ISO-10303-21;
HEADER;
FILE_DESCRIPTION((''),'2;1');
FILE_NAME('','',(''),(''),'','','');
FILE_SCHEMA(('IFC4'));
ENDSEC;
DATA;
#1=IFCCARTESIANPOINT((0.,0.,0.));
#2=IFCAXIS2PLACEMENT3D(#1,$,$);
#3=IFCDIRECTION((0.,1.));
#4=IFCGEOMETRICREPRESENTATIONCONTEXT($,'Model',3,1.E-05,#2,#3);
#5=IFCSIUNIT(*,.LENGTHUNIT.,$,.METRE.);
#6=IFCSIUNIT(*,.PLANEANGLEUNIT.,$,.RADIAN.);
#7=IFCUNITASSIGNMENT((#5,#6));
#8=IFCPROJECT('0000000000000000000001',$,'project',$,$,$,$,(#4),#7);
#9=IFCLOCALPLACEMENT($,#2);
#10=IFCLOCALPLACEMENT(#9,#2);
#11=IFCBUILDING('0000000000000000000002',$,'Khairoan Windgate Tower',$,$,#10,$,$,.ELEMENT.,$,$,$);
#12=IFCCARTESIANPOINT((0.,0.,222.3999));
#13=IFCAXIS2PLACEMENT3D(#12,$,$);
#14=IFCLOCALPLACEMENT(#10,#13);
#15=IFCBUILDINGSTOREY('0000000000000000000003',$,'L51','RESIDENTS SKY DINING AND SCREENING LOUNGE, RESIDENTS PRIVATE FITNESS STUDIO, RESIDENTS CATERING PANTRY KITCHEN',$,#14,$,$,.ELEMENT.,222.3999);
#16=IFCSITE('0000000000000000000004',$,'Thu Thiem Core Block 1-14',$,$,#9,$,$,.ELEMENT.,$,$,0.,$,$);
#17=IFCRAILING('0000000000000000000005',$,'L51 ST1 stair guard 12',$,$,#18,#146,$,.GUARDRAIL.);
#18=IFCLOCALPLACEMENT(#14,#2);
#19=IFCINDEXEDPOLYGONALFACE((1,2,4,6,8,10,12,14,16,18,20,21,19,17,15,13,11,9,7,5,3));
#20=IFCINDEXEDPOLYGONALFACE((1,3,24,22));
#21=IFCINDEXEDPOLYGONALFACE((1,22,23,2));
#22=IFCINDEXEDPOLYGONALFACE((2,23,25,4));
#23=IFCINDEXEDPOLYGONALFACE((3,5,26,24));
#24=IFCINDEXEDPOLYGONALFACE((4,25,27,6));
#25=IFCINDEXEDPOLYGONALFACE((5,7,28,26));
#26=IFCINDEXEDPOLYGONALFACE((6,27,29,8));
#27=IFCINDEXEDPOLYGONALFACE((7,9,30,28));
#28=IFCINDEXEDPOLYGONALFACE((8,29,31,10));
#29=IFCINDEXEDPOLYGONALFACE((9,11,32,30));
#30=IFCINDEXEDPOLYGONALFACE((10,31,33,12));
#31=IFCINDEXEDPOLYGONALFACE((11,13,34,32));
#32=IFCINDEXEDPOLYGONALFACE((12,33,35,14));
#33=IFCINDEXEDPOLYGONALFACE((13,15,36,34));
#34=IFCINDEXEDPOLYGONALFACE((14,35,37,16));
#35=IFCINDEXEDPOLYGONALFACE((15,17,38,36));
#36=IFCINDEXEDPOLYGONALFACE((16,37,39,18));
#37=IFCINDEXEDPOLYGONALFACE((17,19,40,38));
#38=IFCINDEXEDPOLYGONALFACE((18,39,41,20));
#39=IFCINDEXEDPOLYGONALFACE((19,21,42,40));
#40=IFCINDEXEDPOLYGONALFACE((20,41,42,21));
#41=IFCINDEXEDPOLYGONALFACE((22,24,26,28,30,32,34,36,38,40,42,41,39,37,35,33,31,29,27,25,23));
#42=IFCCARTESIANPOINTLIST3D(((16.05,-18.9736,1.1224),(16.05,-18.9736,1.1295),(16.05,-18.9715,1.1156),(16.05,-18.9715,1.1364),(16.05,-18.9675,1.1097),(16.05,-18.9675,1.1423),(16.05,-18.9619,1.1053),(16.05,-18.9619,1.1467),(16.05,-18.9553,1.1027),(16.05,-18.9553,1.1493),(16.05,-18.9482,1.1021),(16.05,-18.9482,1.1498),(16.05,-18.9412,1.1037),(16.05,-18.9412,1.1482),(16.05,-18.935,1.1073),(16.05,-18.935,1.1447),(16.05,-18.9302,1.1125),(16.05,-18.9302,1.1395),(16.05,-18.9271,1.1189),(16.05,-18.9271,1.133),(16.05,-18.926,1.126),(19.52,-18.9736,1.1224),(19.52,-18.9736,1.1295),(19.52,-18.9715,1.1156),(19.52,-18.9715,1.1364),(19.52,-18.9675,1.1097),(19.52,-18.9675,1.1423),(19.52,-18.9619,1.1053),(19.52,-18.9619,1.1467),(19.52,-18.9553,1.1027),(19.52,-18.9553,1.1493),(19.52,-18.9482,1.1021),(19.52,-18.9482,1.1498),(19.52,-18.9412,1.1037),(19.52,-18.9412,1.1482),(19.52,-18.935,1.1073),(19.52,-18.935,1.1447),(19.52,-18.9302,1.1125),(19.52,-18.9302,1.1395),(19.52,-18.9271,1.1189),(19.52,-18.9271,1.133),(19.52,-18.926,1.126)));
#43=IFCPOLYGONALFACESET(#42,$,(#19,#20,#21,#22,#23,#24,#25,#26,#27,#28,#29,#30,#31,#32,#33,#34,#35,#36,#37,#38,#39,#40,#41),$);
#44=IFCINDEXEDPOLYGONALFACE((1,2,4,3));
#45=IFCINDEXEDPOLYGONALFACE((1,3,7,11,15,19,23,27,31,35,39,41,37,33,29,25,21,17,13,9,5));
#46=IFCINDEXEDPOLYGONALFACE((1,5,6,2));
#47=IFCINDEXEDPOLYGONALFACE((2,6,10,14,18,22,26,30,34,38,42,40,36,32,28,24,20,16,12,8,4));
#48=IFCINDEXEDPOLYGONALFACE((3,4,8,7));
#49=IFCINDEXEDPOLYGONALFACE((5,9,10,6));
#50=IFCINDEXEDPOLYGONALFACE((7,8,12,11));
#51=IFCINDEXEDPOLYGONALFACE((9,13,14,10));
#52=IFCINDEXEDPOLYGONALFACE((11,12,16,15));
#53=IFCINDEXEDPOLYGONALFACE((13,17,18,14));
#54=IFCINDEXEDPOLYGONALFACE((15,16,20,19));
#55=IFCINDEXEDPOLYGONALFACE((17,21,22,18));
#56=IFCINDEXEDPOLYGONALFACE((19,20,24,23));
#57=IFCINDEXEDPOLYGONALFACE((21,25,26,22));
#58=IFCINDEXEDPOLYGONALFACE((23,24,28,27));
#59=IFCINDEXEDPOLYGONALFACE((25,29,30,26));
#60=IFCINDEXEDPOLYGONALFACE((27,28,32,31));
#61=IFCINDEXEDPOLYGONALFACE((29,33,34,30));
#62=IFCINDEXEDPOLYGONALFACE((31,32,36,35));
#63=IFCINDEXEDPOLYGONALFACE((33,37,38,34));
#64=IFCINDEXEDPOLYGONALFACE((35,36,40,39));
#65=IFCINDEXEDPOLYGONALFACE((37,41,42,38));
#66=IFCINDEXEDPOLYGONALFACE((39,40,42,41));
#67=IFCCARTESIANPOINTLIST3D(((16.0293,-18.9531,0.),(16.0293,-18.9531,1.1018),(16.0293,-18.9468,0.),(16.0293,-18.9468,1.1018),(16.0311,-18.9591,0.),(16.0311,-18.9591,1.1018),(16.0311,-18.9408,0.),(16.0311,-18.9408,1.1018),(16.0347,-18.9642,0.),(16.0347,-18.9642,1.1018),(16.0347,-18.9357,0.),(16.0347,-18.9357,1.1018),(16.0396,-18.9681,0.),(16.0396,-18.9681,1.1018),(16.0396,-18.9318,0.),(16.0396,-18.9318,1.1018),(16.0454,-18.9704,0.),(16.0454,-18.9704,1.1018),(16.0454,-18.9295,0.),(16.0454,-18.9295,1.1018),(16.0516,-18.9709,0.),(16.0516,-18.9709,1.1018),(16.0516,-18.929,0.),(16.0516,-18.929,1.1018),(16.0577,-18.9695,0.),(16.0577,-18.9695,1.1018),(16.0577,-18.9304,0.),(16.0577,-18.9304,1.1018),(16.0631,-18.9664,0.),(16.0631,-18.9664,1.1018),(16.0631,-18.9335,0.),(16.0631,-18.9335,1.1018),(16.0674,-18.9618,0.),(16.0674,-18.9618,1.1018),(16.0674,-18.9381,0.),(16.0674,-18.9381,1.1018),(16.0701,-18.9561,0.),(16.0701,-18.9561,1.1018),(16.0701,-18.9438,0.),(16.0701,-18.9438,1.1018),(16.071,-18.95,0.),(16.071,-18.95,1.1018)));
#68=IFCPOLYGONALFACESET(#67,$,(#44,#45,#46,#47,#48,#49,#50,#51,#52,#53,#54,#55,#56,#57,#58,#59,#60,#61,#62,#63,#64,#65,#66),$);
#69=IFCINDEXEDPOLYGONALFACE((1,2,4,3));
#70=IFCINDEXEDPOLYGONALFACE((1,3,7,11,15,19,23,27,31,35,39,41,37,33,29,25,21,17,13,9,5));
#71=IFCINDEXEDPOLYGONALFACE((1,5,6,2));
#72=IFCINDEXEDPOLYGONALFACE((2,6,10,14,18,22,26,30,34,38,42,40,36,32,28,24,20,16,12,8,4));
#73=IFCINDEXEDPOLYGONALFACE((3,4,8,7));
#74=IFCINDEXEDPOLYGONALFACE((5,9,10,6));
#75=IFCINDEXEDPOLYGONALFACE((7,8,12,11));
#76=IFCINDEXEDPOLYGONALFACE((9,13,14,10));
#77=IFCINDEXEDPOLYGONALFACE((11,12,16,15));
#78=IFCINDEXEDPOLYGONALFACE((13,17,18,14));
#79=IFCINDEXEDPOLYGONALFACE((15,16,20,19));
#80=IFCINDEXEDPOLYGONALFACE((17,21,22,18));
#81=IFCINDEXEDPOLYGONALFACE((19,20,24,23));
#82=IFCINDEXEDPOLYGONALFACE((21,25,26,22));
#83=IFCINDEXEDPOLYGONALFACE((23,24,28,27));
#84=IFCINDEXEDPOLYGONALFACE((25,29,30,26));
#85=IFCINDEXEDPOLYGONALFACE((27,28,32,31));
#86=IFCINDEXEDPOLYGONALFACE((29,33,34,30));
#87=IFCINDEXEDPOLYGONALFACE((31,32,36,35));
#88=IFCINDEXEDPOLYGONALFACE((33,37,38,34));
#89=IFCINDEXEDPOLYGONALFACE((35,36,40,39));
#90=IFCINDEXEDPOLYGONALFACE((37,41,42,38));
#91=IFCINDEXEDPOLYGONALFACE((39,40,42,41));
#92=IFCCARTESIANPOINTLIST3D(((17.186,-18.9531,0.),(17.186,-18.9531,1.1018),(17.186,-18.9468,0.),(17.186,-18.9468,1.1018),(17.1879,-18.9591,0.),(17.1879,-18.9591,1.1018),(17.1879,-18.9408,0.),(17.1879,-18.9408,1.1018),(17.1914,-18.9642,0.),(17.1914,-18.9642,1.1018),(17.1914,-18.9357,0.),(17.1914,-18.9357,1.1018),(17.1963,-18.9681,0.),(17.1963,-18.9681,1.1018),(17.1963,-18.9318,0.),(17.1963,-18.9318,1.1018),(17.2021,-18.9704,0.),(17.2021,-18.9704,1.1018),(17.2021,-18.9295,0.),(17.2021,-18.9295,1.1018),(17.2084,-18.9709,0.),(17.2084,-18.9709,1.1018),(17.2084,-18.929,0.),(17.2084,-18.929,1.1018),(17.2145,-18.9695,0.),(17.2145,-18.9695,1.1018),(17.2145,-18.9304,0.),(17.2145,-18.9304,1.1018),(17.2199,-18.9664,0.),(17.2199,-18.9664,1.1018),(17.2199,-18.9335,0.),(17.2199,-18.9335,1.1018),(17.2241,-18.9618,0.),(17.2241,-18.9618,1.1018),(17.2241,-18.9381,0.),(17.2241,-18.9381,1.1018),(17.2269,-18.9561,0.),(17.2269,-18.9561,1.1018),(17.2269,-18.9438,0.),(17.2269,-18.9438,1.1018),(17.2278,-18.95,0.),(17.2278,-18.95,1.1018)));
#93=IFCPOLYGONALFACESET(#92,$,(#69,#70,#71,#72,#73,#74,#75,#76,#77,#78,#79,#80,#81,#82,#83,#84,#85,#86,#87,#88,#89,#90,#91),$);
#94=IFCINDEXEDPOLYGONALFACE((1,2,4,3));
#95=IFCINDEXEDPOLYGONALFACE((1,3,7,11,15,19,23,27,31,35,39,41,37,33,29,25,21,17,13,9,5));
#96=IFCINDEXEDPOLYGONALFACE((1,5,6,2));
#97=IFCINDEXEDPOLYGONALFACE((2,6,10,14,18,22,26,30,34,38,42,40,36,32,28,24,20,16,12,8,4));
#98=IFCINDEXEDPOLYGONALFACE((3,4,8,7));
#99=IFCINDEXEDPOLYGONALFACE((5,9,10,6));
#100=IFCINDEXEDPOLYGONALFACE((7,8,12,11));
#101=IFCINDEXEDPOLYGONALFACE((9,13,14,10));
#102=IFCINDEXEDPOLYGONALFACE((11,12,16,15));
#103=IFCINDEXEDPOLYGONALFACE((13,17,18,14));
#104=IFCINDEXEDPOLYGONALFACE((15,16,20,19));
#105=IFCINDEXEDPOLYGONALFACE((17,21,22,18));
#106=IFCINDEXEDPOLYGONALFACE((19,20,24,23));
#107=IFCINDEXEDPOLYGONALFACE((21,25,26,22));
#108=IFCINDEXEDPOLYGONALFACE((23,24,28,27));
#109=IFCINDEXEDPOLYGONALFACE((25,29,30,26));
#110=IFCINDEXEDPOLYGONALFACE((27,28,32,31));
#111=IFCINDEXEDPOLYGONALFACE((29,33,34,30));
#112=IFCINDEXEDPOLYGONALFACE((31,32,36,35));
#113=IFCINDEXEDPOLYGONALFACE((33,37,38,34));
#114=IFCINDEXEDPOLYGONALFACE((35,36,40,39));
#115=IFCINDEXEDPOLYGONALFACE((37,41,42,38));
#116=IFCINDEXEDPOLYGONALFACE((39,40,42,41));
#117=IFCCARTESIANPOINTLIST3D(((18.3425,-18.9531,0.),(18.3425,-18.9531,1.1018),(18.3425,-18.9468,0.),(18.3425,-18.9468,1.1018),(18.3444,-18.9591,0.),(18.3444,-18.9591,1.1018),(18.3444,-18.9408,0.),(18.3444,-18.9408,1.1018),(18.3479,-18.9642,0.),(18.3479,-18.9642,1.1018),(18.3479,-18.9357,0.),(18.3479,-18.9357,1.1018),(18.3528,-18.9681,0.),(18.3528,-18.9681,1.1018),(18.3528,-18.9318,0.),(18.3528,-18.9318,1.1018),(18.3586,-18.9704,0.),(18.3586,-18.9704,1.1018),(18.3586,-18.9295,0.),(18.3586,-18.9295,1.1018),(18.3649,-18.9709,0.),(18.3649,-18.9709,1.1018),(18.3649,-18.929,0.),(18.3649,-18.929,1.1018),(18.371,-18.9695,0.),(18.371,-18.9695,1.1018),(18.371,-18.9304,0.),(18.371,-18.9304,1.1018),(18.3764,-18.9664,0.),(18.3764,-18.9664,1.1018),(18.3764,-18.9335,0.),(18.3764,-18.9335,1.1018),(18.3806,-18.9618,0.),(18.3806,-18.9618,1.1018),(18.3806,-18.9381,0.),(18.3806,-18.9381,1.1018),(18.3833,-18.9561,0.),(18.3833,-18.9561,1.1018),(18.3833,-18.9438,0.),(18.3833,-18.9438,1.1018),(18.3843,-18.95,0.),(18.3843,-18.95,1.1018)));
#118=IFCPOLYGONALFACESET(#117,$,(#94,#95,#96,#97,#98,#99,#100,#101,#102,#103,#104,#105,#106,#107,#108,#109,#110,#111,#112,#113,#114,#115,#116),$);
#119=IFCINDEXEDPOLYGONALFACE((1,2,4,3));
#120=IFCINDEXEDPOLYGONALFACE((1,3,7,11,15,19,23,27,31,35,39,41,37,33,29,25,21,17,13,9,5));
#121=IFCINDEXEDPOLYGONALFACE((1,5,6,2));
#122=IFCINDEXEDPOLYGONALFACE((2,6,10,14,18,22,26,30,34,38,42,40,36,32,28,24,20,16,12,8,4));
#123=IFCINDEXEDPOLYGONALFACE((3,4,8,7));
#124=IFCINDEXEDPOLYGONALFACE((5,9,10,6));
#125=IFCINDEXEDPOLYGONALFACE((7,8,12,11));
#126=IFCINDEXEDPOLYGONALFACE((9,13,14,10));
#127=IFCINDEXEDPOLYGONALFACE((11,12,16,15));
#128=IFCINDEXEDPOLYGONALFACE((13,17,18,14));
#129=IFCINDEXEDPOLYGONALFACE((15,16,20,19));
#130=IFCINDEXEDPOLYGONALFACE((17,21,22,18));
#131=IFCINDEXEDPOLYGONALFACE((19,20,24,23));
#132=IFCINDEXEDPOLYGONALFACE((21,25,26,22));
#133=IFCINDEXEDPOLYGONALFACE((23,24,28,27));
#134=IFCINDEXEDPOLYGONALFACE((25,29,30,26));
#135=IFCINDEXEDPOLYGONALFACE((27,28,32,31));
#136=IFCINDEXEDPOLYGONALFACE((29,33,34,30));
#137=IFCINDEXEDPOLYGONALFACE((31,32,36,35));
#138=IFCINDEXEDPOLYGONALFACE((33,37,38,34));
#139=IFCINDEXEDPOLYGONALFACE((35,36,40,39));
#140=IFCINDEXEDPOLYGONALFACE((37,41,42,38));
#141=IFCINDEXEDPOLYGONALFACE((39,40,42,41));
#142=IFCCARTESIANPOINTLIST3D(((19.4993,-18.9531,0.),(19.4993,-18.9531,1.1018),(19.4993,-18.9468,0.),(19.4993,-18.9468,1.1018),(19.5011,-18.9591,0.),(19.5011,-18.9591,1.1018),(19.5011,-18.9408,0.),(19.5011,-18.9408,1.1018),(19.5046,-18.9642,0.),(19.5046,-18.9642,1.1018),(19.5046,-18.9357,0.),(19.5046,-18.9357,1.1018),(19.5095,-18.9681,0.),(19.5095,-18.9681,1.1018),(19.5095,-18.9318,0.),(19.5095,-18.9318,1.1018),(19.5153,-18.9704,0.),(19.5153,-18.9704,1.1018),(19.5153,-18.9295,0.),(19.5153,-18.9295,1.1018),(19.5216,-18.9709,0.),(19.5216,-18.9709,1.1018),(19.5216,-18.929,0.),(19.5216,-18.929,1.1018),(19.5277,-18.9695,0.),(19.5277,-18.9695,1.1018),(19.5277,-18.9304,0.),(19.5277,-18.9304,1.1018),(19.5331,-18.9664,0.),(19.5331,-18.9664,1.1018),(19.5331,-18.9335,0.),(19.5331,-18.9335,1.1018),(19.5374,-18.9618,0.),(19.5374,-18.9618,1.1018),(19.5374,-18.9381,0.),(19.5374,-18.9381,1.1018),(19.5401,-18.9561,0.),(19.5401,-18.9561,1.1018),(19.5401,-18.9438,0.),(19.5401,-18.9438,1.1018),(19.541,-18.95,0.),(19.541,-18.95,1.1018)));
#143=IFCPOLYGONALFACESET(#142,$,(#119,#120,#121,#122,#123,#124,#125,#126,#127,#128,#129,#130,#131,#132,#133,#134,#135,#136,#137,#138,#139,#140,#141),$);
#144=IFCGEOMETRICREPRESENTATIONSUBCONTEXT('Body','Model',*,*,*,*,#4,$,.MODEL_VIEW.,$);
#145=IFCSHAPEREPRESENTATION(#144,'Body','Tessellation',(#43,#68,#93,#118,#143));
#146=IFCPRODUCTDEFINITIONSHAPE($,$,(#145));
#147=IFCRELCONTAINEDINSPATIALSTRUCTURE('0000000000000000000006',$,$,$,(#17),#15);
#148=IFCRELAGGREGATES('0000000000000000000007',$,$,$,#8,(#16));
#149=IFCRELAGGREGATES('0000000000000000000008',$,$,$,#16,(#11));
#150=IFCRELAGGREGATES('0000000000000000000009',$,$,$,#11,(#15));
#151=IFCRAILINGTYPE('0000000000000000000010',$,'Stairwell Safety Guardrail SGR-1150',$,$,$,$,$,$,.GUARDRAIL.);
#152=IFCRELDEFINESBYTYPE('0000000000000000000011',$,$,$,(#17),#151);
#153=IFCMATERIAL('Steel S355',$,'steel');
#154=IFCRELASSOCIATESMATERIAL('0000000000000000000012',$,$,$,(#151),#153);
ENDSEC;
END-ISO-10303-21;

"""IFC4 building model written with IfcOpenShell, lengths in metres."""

from ifc_helpers import new_model, si_unit, direction, frame, origin, origin_2d, place, context, subcontext, project, spatial, circle, extrude, material, type_object, element, save


model = new_model("IFC4")

# Units and contexts
model_context = context("Model", 3, precision=1e-05, world=origin(), true_north=direction((0.0, 1.0)))
body_context = subcontext(model_context, "Body", "Model", "MODEL_VIEW")
ifc_project = project(units=[si_unit("LENGTHUNIT", "METRE"), si_unit("PLANEANGLEUNIT", "RADIAN")], contexts=[model_context])

# Site, building, storey
site_placement = place(None, origin())
site = spatial("IfcSite", under=ifc_project, at=site_placement, Name="Thu Thiem Core Block 1-14", CompositionType="ELEMENT", RefElevation=0.0)
building_placement = place(site_placement, origin())
building = spatial("IfcBuilding", under=site, at=building_placement, Name="Khairoan Windgate Tower", CompositionType="ELEMENT")
storey_placement = place(building_placement, frame((0.0, 0.0, 222.3999)))
storey = spatial("IfcBuildingStorey", under=building, at=storey_placement, Name="L51", Description="RESIDENTS SKY DINING AND SCREENING LOUNGE, RESIDENTS PRIVATE FITNESS STUDIO, RESIDENTS CATERING PANTRY KITCHEN", CompositionType="ELEMENT", Elevation=222.3999)

# Railing
ifc_material_1 = material(Name="Steel S355", Category="steel")
railing_type = type_object("IfcRailingType", Name="Stairwell Safety Guardrail SGR-1150", PredefinedType="GUARDRAIL", material=ifc_material_1)
railing_1_placement = place(storey_placement, frame((16.05, -18.95, 0.0)))
element("IfcRailing", 1, at=railing_1_placement, inside=storey, type_object=railing_type, Name="L51 ST1 stair guard 12", PredefinedType="GUARDRAIL", context=body_context, shape_type="SweptSolid", body=[
    extrude(circle(Radius=0.0239, at=origin_2d()), frame((0.0, 0.0, 1.126), z_axis=(1.0, 0.0, 0.0), x_axis=(0.0, 1.0, 0.0)), (0.0, 0.0, 1.0), 3.47),
    extrude(circle(Radius=0.021, at=origin_2d()), origin(), (0.0, 0.0, 1.0), 1.1018),
    extrude(circle(Radius=0.021, at=origin_2d()), frame((1.1567, 0.0, 0.0)), (0.0, 0.0, 1.0), 1.1018),
    extrude(circle(Radius=0.021, at=origin_2d()), frame((2.3132, 0.0, 0.0)), (0.0, 0.0, 1.0), 1.1018),
    extrude(circle(Radius=0.021, at=origin_2d()), frame((3.47, 0.0, 0.0)), (0.0, 0.0, 1.0), 1.1018),
])

save(model, "model.ifc")
